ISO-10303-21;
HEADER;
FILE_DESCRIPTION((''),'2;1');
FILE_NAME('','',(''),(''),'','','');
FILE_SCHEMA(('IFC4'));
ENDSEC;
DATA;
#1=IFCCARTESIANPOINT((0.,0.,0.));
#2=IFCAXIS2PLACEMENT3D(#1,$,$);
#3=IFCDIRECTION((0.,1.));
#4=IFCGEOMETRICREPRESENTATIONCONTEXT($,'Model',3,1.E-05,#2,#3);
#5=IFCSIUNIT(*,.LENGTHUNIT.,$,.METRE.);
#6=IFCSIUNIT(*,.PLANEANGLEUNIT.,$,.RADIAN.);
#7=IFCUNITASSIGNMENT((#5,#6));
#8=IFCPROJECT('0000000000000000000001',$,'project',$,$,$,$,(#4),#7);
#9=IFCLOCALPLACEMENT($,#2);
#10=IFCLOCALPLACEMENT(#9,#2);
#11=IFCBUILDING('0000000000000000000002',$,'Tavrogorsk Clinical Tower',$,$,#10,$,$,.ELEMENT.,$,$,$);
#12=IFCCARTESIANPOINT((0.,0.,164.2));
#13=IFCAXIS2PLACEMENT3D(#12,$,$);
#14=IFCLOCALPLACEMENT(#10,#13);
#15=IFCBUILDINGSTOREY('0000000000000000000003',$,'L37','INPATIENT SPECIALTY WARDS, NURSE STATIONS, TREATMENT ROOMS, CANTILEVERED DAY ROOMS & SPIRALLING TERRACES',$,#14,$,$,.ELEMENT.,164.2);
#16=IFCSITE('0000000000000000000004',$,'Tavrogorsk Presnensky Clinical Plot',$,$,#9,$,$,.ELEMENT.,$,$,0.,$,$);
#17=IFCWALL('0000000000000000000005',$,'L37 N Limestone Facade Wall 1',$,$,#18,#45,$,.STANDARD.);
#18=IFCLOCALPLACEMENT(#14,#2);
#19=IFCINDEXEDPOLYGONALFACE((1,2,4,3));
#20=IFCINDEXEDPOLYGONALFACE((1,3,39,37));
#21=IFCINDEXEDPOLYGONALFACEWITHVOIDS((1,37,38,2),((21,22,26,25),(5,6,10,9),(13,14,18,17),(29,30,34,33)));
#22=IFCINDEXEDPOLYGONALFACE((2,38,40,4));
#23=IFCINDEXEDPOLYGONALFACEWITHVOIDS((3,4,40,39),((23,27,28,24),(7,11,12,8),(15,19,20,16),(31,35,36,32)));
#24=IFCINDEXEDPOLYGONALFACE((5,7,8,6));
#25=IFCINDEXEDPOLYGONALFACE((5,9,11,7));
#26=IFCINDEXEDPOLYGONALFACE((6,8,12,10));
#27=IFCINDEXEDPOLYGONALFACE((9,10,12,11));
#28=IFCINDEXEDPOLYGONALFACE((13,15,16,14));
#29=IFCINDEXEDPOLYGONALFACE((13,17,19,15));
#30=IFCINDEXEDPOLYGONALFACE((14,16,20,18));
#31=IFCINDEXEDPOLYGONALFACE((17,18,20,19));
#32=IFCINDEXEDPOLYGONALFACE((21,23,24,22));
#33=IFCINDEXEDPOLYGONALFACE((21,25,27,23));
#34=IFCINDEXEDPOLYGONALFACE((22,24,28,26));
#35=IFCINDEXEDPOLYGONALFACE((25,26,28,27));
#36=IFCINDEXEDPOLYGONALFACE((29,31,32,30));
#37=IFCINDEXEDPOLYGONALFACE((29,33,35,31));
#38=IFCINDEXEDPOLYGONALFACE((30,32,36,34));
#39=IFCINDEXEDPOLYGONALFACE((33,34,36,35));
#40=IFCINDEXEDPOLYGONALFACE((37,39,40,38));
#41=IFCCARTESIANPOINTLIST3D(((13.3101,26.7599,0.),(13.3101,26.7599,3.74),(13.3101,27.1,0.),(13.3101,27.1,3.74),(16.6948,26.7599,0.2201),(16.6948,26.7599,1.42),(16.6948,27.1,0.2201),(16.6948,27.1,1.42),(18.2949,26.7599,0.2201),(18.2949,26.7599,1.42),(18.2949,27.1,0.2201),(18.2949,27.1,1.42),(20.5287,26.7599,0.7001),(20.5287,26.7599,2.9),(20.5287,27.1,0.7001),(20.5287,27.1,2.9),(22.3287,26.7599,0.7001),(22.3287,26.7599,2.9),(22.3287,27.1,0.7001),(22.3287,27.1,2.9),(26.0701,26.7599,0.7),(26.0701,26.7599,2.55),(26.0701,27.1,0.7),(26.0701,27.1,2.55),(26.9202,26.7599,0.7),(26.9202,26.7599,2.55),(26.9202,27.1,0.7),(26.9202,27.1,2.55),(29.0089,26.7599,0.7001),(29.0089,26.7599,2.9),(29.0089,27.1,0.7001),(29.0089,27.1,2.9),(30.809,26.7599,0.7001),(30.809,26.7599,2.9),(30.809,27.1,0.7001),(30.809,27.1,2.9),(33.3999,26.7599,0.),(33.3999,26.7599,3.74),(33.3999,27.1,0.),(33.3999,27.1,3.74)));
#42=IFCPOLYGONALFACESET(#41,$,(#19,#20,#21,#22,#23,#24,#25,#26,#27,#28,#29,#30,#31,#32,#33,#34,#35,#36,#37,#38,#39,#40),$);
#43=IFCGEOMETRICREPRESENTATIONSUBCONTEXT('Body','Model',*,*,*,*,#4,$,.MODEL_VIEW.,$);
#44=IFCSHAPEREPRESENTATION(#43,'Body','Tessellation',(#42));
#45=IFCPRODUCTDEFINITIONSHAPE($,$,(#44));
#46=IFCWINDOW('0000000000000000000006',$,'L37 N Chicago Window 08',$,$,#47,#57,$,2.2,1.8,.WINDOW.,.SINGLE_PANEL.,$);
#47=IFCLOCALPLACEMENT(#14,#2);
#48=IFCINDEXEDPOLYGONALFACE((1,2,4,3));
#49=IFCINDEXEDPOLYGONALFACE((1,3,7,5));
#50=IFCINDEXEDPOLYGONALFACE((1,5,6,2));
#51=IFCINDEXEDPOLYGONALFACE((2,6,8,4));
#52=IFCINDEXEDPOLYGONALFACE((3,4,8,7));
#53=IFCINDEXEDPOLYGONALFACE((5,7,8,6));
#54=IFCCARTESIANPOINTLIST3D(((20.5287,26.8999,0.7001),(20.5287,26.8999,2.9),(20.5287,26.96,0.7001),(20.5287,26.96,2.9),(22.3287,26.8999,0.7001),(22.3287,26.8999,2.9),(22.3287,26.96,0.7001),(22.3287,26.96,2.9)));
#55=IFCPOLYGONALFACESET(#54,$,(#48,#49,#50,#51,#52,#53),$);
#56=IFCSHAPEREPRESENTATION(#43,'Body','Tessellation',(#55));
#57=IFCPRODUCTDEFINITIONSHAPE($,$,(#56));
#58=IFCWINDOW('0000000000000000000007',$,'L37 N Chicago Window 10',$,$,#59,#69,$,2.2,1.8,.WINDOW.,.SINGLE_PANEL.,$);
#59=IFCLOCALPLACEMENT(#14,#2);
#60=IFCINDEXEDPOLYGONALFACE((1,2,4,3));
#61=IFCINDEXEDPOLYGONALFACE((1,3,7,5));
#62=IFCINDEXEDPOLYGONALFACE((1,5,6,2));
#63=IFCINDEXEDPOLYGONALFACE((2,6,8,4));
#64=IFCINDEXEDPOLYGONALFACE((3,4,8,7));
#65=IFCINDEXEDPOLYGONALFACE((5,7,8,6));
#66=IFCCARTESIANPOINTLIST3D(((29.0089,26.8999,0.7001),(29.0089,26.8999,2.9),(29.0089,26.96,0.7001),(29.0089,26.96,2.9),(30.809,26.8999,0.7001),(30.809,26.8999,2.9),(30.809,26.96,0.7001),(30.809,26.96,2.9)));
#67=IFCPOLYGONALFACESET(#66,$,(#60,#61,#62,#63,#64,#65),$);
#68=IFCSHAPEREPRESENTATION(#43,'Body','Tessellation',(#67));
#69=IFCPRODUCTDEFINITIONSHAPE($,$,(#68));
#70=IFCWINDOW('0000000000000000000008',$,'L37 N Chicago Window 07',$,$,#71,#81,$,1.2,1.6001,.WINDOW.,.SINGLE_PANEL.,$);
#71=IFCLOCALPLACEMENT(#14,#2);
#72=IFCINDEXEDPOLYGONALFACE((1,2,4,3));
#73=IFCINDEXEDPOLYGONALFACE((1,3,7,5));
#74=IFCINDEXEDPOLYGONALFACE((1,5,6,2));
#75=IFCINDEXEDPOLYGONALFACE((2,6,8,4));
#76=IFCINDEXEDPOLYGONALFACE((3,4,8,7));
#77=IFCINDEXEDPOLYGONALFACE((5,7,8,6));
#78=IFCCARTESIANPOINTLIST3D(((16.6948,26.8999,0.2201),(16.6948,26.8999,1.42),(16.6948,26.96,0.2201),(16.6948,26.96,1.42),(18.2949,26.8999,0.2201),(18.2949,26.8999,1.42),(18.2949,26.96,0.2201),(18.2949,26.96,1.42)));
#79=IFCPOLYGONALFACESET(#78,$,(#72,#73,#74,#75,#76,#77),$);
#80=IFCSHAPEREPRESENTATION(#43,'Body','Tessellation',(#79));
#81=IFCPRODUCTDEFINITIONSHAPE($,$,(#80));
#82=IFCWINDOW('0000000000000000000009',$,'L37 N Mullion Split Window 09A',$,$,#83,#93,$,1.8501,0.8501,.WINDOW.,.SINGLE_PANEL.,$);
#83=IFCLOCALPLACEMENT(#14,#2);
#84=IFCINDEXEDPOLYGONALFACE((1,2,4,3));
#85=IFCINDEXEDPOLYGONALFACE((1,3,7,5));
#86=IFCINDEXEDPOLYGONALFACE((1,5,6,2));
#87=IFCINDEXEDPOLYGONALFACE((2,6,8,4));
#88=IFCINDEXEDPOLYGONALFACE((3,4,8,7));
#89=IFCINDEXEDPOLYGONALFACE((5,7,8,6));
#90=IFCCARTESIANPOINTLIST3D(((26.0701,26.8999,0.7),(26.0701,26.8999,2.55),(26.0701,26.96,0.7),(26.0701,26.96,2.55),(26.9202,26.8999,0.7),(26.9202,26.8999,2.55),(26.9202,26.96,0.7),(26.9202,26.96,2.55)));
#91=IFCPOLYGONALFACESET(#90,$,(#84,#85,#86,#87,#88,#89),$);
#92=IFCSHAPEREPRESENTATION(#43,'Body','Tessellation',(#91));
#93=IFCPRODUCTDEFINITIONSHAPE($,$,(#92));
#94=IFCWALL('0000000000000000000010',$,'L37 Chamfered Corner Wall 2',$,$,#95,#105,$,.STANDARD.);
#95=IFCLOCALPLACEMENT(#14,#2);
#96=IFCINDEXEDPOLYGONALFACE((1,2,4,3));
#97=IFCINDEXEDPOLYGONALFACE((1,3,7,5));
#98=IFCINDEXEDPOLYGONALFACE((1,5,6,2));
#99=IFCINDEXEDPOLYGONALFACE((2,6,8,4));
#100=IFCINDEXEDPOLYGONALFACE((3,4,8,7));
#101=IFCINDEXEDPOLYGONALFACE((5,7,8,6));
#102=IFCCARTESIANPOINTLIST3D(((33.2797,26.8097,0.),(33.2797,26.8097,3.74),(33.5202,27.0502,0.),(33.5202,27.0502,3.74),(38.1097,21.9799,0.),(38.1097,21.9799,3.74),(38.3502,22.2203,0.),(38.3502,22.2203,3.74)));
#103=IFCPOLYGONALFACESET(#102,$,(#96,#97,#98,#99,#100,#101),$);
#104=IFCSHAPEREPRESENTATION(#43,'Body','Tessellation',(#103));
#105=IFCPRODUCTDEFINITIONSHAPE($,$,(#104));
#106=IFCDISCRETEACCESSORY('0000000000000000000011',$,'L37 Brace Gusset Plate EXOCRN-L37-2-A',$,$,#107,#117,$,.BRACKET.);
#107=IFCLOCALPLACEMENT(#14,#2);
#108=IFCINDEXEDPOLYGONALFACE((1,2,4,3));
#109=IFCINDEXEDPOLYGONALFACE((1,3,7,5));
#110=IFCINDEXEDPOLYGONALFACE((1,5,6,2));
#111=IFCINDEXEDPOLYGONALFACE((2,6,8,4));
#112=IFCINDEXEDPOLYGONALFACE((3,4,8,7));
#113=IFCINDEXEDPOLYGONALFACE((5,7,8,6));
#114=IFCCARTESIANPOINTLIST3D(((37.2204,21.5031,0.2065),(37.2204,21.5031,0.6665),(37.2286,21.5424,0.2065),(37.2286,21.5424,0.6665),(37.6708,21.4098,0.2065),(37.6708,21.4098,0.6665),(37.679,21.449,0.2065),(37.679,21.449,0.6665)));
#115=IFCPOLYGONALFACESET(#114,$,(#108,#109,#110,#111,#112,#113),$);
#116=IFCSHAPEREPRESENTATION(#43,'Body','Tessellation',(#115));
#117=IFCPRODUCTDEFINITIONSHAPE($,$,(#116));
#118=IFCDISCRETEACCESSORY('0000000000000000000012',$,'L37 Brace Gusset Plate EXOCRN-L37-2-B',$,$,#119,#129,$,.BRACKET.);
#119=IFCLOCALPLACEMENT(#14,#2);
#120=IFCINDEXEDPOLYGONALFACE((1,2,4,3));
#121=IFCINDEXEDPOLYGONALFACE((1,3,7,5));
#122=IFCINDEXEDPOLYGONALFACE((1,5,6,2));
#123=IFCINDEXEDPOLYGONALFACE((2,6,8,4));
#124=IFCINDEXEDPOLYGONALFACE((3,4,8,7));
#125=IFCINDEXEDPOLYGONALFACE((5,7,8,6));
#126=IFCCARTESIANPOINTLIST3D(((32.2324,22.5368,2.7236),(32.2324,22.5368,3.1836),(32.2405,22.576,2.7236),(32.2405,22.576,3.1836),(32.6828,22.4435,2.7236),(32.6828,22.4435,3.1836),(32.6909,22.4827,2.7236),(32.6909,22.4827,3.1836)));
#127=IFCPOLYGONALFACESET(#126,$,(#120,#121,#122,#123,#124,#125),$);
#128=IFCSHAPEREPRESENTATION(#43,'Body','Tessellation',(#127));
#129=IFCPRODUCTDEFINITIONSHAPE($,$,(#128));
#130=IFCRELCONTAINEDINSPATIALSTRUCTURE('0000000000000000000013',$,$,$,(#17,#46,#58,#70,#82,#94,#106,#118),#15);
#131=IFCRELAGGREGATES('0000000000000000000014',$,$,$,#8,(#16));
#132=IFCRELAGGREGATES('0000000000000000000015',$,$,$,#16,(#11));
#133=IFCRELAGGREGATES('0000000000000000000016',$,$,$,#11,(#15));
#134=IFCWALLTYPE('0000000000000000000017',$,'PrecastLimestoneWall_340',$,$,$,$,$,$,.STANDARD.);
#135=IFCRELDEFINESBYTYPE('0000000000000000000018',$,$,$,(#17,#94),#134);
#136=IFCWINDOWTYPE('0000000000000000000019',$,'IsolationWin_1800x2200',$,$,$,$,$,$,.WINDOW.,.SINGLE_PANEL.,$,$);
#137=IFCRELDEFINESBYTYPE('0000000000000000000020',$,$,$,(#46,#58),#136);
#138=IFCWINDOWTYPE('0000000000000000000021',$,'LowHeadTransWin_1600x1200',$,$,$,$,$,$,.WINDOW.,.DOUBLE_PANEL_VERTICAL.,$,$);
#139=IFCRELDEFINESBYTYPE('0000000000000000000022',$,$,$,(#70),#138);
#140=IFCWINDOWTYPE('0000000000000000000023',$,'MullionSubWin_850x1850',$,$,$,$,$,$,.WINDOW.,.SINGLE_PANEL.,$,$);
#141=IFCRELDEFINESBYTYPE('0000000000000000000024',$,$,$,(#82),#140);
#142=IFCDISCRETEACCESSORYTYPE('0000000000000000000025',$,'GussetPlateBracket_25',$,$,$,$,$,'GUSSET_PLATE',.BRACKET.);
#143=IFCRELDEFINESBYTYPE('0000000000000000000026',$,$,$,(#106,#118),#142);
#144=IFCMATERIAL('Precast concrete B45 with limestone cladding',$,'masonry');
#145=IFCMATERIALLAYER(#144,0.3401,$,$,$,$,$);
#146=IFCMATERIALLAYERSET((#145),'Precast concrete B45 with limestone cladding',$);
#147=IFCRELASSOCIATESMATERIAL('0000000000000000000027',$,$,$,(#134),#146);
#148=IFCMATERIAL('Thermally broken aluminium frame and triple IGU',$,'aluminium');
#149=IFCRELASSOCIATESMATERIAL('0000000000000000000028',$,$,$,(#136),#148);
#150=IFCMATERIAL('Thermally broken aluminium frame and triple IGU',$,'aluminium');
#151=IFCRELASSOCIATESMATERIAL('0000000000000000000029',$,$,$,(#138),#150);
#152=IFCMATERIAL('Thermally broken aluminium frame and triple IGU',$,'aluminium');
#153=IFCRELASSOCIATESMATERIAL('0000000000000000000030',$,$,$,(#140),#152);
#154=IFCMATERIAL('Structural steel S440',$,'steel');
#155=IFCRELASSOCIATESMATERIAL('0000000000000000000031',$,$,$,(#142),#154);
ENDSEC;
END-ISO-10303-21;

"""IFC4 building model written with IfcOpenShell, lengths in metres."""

from ifc_helpers import new_model, si_unit, direction, frame, frame_2d, origin, origin_2d, place, context, subcontext, project, spatial, rectangle, extrude, material, layer, layer_set, type_object, element, fill, save


model = new_model("IFC4")

# Units and contexts
model_context = context("Model", 3, precision=1e-05, world=origin(), true_north=direction((0.0, 1.0)))
body_context = subcontext(model_context, "Body", "Model", "MODEL_VIEW")
ifc_project = project(units=[si_unit("LENGTHUNIT", "METRE"), si_unit("PLANEANGLEUNIT", "RADIAN")], contexts=[model_context])

# Site, building, storey
site_placement = place(None, origin())
site = spatial("IfcSite", under=ifc_project, at=site_placement, Name="Tavrogorsk Presnensky Clinical Plot", CompositionType="ELEMENT", RefElevation=0.0)
building_placement = place(site_placement, origin())
building = spatial("IfcBuilding", under=site, at=building_placement, Name="Tavrogorsk Clinical Tower", CompositionType="ELEMENT")
storey_placement = place(building_placement, frame((0.0, 0.0, 164.2)))
storey = spatial("IfcBuildingStorey", under=building, at=storey_placement, Name="L37", Description="INPATIENT SPECIALTY WARDS, NURSE STATIONS, TREATMENT ROOMS, CANTILEVERED DAY ROOMS & SPIRALLING TERRACES", CompositionType="ELEMENT", Elevation=164.2)

# Wall, openings, windows
ifc_material_1 = material(Name="Precast concrete B45 with limestone cladding", Category="masonry")
ifc_layer_1 = layer(ifc_material_1, 0.3401)
ifc_layer_set_1 = layer_set([ifc_layer_1], Name="Precast concrete B45 with limestone cladding")
wall_type_1 = type_object("IfcWallType", Name="PrecastLimestoneWall_340", PredefinedType="STANDARD", material=ifc_layer_set_1)
wall_1_placement = place(storey_placement, frame((33.3999, 26.9299, 0.0), z_axis=(0.0, 0.0, 1.0), x_axis=(-1.0, 0.0, 0.0)))
wall_1 = element("IfcWall", 1, at=wall_1_placement, inside=storey, type_object=wall_type_1, Name="L37 N Limestone Facade Wall 1", PredefinedType="STANDARD", context=body_context, shape_type="SweptSolid", body=[
    extrude(rectangle(XDim=20.0898, YDim=0.3401, at=frame_2d((10.0449, 0.0))), origin(), (0.0, 0.0, 1.0), 3.74),
])
opening_1_placement = place(wall_1_placement, frame((15.105, 0.0, 0.22)))
opening_1 = element("IfcOpeningElement", 2, at=opening_1_placement, cuts=wall_1, PredefinedType="OPENING", context=body_context, shape_type="SweptSolid", body=[
    extrude(rectangle(XDim=1.6001, YDim=1.2, at=frame_2d((0.8, 0.6001))), frame((0.0, 0.1799, 0.0), z_axis=(0.0, -1.0, 0.0), x_axis=(1.0, 0.0, 0.0)), (0.0, 0.0, 1.0), 0.3601),
])
opening_2_placement = place(wall_1_placement, frame((11.0713, 0.0, 0.7)))
opening_2 = element("IfcOpeningElement", 3, at=opening_2_placement, cuts=wall_1, PredefinedType="OPENING", context=body_context, shape_type="SweptSolid", body=[
    extrude(rectangle(XDim=1.8, YDim=2.2, at=frame_2d((0.8999, 1.1001))), frame((0.0, 0.1799, 0.0), z_axis=(0.0, -1.0, 0.0), x_axis=(1.0, 0.0, 0.0)), (0.0, 0.0, 1.0), 0.3601),
])
opening_3_placement = place(wall_1_placement, frame((6.4797, 0.0, 0.7)))
opening_3 = element("IfcOpeningElement", 4, at=opening_3_placement, cuts=wall_1, PredefinedType="OPENING", context=body_context, shape_type="SweptSolid", body=[
    extrude(rectangle(XDim=0.8501, YDim=1.8501, at=frame_2d((0.425, 0.925))), frame((0.0, 0.1799, 0.0), z_axis=(0.0, -1.0, 0.0), x_axis=(1.0, 0.0, 0.0)), (0.0, 0.0, 1.0), 0.3601),
])
opening_4_placement = place(wall_1_placement, frame((2.5911, 0.0, 0.7)))
opening_4 = element("IfcOpeningElement", 5, at=opening_4_placement, cuts=wall_1, PredefinedType="OPENING", context=body_context, shape_type="SweptSolid", body=[
    extrude(rectangle(XDim=1.8, YDim=2.2, at=frame_2d((0.8999, 1.1001))), frame((0.0, 0.1799, 0.0), z_axis=(0.0, -1.0, 0.0), x_axis=(1.0, 0.0, 0.0)), (0.0, 0.0, 1.0), 0.3601),
])
ifc_material_2 = material(Name="Thermally broken aluminium frame and triple IGU", Category="aluminium")
window_type_1 = type_object("IfcWindowType", Name="IsolationWin_1800x2200", PartitioningType="SINGLE_PANEL", PredefinedType="WINDOW", material=ifc_material_2)
window_1_placement = place(opening_2_placement, origin())
window_1 = element("IfcWindow", 6, at=window_1_placement, inside=storey, type_object=window_type_1, Name="L37 N Chicago Window 08", OverallHeight=2.2, OverallWidth=1.8, PartitioningType="SINGLE_PANEL", PredefinedType="WINDOW", context=body_context, shape_type="SweptSolid", body=[
    extrude(rectangle(XDim=1.8, YDim=2.2, at=frame_2d((0.8999, 1.1001))), frame((0.0, 0.03, 0.0), z_axis=(0.0, -1.0, 0.0), x_axis=(1.0, 0.0, 0.0)), (0.0, 0.0, 1.0), 0.0601),
])
fill(opening_2, window_1)
window_2_placement = place(opening_4_placement, origin())
window_2 = element("IfcWindow", 7, at=window_2_placement, inside=storey, type_object=window_type_1, Name="L37 N Chicago Window 10", OverallHeight=2.2, OverallWidth=1.8, PartitioningType="SINGLE_PANEL", PredefinedType="WINDOW", context=body_context, shape_type="SweptSolid", body=[
    extrude(rectangle(XDim=1.8, YDim=2.2, at=frame_2d((0.8999, 1.1001))), frame((0.0, 0.03, 0.0), z_axis=(0.0, -1.0, 0.0), x_axis=(1.0, 0.0, 0.0)), (0.0, 0.0, 1.0), 0.0601),
])
fill(opening_4, window_2)
ifc_material_3 = material(Name="Thermally broken aluminium frame and triple IGU", Category="aluminium")
window_type_2 = type_object("IfcWindowType", Name="LowHeadTransWin_1600x1200", PartitioningType="DOUBLE_PANEL_VERTICAL", PredefinedType="WINDOW", material=ifc_material_3)
window_3_placement = place(opening_1_placement, origin())
window_3 = element("IfcWindow", 8, at=window_3_placement, inside=storey, type_object=window_type_2, Name="L37 N Chicago Window 07", OverallHeight=1.2, OverallWidth=1.6001, PartitioningType="SINGLE_PANEL", PredefinedType="WINDOW", context=body_context, shape_type="SweptSolid", body=[
    extrude(rectangle(XDim=1.6001, YDim=1.2, at=frame_2d((0.8, 0.6001))), frame((0.0, 0.03, 0.0), z_axis=(0.0, -1.0, 0.0), x_axis=(1.0, 0.0, 0.0)), (0.0, 0.0, 1.0), 0.0601),
])
fill(opening_1, window_3)
ifc_material_4 = material(Name="Thermally broken aluminium frame and triple IGU", Category="aluminium")
window_type_3 = type_object("IfcWindowType", Name="MullionSubWin_850x1850", PartitioningType="SINGLE_PANEL", PredefinedType="WINDOW", material=ifc_material_4)
window_4_placement = place(opening_3_placement, origin())
window_4 = element("IfcWindow", 9, at=window_4_placement, inside=storey, type_object=window_type_3, Name="L37 N Mullion Split Window 09A", OverallHeight=1.8501, OverallWidth=0.8501, PartitioningType="SINGLE_PANEL", PredefinedType="WINDOW", context=body_context, shape_type="SweptSolid", body=[
    extrude(rectangle(XDim=0.8501, YDim=1.8501, at=frame_2d((0.425, 0.925))), frame((0.0, 0.03, 0.0), z_axis=(0.0, -1.0, 0.0), x_axis=(1.0, 0.0, 0.0)), (0.0, 0.0, 1.0), 0.0601),
])
fill(opening_3, window_4)

# Wall
wall_2_placement = place(storey_placement, frame((38.23, 22.1001, 0.0), z_axis=(0.0, 0.0, 1.0), x_axis=(-0.707125, 0.707089, 0.0)))
element("IfcWall", 10, at=wall_2_placement, inside=storey, type_object=wall_type_1, Name="L37 Chamfered Corner Wall 2", PredefinedType="STANDARD", context=body_context, shape_type="SweptSolid", body=[
    extrude(rectangle(XDim=6.8306, YDim=0.3401, at=frame_2d((3.4153, 0.0))), origin(), (0.0, 0.0, 1.0), 3.74),
])

# Discrete accessories
ifc_material_5 = material(Name="Structural steel S440", Category="steel")
discrete_accessory_type = type_object("IfcDiscreteAccessoryType", Name="GussetPlateBracket_25", ElementType="GUSSET_PLATE", PredefinedType="BRACKET", material=ifc_material_5)
for number, where, z_axis, x_axis, name in (
    (11, (37.4497, 21.4761, 0.2065), (0.0, 0.0, 1.0), (-0.979187, 0.202958, 0.0), "L37 Brace Gusset Plate EXOCRN-L37-2-A"),
    (12, (32.4617, 22.5098, 2.7236), (0.0, 0.0, 1.0), (-0.979187, 0.202958, 0.0), "L37 Brace Gusset Plate EXOCRN-L37-2-B"),
):
    element("IfcDiscreteAccessory", number, at=place(storey_placement, frame(where, z_axis=z_axis, x_axis=x_axis)), inside=storey, type_object=discrete_accessory_type, Name=name, PredefinedType="BRACKET", context=body_context, shape_type="SweptSolid", body=[
        extrude(rectangle(XDim=0.46, YDim=0.04, at=origin_2d()), origin(), (0.0, 0.0, 1.0), 0.46),
    ])

save(model, "model.ifc")
